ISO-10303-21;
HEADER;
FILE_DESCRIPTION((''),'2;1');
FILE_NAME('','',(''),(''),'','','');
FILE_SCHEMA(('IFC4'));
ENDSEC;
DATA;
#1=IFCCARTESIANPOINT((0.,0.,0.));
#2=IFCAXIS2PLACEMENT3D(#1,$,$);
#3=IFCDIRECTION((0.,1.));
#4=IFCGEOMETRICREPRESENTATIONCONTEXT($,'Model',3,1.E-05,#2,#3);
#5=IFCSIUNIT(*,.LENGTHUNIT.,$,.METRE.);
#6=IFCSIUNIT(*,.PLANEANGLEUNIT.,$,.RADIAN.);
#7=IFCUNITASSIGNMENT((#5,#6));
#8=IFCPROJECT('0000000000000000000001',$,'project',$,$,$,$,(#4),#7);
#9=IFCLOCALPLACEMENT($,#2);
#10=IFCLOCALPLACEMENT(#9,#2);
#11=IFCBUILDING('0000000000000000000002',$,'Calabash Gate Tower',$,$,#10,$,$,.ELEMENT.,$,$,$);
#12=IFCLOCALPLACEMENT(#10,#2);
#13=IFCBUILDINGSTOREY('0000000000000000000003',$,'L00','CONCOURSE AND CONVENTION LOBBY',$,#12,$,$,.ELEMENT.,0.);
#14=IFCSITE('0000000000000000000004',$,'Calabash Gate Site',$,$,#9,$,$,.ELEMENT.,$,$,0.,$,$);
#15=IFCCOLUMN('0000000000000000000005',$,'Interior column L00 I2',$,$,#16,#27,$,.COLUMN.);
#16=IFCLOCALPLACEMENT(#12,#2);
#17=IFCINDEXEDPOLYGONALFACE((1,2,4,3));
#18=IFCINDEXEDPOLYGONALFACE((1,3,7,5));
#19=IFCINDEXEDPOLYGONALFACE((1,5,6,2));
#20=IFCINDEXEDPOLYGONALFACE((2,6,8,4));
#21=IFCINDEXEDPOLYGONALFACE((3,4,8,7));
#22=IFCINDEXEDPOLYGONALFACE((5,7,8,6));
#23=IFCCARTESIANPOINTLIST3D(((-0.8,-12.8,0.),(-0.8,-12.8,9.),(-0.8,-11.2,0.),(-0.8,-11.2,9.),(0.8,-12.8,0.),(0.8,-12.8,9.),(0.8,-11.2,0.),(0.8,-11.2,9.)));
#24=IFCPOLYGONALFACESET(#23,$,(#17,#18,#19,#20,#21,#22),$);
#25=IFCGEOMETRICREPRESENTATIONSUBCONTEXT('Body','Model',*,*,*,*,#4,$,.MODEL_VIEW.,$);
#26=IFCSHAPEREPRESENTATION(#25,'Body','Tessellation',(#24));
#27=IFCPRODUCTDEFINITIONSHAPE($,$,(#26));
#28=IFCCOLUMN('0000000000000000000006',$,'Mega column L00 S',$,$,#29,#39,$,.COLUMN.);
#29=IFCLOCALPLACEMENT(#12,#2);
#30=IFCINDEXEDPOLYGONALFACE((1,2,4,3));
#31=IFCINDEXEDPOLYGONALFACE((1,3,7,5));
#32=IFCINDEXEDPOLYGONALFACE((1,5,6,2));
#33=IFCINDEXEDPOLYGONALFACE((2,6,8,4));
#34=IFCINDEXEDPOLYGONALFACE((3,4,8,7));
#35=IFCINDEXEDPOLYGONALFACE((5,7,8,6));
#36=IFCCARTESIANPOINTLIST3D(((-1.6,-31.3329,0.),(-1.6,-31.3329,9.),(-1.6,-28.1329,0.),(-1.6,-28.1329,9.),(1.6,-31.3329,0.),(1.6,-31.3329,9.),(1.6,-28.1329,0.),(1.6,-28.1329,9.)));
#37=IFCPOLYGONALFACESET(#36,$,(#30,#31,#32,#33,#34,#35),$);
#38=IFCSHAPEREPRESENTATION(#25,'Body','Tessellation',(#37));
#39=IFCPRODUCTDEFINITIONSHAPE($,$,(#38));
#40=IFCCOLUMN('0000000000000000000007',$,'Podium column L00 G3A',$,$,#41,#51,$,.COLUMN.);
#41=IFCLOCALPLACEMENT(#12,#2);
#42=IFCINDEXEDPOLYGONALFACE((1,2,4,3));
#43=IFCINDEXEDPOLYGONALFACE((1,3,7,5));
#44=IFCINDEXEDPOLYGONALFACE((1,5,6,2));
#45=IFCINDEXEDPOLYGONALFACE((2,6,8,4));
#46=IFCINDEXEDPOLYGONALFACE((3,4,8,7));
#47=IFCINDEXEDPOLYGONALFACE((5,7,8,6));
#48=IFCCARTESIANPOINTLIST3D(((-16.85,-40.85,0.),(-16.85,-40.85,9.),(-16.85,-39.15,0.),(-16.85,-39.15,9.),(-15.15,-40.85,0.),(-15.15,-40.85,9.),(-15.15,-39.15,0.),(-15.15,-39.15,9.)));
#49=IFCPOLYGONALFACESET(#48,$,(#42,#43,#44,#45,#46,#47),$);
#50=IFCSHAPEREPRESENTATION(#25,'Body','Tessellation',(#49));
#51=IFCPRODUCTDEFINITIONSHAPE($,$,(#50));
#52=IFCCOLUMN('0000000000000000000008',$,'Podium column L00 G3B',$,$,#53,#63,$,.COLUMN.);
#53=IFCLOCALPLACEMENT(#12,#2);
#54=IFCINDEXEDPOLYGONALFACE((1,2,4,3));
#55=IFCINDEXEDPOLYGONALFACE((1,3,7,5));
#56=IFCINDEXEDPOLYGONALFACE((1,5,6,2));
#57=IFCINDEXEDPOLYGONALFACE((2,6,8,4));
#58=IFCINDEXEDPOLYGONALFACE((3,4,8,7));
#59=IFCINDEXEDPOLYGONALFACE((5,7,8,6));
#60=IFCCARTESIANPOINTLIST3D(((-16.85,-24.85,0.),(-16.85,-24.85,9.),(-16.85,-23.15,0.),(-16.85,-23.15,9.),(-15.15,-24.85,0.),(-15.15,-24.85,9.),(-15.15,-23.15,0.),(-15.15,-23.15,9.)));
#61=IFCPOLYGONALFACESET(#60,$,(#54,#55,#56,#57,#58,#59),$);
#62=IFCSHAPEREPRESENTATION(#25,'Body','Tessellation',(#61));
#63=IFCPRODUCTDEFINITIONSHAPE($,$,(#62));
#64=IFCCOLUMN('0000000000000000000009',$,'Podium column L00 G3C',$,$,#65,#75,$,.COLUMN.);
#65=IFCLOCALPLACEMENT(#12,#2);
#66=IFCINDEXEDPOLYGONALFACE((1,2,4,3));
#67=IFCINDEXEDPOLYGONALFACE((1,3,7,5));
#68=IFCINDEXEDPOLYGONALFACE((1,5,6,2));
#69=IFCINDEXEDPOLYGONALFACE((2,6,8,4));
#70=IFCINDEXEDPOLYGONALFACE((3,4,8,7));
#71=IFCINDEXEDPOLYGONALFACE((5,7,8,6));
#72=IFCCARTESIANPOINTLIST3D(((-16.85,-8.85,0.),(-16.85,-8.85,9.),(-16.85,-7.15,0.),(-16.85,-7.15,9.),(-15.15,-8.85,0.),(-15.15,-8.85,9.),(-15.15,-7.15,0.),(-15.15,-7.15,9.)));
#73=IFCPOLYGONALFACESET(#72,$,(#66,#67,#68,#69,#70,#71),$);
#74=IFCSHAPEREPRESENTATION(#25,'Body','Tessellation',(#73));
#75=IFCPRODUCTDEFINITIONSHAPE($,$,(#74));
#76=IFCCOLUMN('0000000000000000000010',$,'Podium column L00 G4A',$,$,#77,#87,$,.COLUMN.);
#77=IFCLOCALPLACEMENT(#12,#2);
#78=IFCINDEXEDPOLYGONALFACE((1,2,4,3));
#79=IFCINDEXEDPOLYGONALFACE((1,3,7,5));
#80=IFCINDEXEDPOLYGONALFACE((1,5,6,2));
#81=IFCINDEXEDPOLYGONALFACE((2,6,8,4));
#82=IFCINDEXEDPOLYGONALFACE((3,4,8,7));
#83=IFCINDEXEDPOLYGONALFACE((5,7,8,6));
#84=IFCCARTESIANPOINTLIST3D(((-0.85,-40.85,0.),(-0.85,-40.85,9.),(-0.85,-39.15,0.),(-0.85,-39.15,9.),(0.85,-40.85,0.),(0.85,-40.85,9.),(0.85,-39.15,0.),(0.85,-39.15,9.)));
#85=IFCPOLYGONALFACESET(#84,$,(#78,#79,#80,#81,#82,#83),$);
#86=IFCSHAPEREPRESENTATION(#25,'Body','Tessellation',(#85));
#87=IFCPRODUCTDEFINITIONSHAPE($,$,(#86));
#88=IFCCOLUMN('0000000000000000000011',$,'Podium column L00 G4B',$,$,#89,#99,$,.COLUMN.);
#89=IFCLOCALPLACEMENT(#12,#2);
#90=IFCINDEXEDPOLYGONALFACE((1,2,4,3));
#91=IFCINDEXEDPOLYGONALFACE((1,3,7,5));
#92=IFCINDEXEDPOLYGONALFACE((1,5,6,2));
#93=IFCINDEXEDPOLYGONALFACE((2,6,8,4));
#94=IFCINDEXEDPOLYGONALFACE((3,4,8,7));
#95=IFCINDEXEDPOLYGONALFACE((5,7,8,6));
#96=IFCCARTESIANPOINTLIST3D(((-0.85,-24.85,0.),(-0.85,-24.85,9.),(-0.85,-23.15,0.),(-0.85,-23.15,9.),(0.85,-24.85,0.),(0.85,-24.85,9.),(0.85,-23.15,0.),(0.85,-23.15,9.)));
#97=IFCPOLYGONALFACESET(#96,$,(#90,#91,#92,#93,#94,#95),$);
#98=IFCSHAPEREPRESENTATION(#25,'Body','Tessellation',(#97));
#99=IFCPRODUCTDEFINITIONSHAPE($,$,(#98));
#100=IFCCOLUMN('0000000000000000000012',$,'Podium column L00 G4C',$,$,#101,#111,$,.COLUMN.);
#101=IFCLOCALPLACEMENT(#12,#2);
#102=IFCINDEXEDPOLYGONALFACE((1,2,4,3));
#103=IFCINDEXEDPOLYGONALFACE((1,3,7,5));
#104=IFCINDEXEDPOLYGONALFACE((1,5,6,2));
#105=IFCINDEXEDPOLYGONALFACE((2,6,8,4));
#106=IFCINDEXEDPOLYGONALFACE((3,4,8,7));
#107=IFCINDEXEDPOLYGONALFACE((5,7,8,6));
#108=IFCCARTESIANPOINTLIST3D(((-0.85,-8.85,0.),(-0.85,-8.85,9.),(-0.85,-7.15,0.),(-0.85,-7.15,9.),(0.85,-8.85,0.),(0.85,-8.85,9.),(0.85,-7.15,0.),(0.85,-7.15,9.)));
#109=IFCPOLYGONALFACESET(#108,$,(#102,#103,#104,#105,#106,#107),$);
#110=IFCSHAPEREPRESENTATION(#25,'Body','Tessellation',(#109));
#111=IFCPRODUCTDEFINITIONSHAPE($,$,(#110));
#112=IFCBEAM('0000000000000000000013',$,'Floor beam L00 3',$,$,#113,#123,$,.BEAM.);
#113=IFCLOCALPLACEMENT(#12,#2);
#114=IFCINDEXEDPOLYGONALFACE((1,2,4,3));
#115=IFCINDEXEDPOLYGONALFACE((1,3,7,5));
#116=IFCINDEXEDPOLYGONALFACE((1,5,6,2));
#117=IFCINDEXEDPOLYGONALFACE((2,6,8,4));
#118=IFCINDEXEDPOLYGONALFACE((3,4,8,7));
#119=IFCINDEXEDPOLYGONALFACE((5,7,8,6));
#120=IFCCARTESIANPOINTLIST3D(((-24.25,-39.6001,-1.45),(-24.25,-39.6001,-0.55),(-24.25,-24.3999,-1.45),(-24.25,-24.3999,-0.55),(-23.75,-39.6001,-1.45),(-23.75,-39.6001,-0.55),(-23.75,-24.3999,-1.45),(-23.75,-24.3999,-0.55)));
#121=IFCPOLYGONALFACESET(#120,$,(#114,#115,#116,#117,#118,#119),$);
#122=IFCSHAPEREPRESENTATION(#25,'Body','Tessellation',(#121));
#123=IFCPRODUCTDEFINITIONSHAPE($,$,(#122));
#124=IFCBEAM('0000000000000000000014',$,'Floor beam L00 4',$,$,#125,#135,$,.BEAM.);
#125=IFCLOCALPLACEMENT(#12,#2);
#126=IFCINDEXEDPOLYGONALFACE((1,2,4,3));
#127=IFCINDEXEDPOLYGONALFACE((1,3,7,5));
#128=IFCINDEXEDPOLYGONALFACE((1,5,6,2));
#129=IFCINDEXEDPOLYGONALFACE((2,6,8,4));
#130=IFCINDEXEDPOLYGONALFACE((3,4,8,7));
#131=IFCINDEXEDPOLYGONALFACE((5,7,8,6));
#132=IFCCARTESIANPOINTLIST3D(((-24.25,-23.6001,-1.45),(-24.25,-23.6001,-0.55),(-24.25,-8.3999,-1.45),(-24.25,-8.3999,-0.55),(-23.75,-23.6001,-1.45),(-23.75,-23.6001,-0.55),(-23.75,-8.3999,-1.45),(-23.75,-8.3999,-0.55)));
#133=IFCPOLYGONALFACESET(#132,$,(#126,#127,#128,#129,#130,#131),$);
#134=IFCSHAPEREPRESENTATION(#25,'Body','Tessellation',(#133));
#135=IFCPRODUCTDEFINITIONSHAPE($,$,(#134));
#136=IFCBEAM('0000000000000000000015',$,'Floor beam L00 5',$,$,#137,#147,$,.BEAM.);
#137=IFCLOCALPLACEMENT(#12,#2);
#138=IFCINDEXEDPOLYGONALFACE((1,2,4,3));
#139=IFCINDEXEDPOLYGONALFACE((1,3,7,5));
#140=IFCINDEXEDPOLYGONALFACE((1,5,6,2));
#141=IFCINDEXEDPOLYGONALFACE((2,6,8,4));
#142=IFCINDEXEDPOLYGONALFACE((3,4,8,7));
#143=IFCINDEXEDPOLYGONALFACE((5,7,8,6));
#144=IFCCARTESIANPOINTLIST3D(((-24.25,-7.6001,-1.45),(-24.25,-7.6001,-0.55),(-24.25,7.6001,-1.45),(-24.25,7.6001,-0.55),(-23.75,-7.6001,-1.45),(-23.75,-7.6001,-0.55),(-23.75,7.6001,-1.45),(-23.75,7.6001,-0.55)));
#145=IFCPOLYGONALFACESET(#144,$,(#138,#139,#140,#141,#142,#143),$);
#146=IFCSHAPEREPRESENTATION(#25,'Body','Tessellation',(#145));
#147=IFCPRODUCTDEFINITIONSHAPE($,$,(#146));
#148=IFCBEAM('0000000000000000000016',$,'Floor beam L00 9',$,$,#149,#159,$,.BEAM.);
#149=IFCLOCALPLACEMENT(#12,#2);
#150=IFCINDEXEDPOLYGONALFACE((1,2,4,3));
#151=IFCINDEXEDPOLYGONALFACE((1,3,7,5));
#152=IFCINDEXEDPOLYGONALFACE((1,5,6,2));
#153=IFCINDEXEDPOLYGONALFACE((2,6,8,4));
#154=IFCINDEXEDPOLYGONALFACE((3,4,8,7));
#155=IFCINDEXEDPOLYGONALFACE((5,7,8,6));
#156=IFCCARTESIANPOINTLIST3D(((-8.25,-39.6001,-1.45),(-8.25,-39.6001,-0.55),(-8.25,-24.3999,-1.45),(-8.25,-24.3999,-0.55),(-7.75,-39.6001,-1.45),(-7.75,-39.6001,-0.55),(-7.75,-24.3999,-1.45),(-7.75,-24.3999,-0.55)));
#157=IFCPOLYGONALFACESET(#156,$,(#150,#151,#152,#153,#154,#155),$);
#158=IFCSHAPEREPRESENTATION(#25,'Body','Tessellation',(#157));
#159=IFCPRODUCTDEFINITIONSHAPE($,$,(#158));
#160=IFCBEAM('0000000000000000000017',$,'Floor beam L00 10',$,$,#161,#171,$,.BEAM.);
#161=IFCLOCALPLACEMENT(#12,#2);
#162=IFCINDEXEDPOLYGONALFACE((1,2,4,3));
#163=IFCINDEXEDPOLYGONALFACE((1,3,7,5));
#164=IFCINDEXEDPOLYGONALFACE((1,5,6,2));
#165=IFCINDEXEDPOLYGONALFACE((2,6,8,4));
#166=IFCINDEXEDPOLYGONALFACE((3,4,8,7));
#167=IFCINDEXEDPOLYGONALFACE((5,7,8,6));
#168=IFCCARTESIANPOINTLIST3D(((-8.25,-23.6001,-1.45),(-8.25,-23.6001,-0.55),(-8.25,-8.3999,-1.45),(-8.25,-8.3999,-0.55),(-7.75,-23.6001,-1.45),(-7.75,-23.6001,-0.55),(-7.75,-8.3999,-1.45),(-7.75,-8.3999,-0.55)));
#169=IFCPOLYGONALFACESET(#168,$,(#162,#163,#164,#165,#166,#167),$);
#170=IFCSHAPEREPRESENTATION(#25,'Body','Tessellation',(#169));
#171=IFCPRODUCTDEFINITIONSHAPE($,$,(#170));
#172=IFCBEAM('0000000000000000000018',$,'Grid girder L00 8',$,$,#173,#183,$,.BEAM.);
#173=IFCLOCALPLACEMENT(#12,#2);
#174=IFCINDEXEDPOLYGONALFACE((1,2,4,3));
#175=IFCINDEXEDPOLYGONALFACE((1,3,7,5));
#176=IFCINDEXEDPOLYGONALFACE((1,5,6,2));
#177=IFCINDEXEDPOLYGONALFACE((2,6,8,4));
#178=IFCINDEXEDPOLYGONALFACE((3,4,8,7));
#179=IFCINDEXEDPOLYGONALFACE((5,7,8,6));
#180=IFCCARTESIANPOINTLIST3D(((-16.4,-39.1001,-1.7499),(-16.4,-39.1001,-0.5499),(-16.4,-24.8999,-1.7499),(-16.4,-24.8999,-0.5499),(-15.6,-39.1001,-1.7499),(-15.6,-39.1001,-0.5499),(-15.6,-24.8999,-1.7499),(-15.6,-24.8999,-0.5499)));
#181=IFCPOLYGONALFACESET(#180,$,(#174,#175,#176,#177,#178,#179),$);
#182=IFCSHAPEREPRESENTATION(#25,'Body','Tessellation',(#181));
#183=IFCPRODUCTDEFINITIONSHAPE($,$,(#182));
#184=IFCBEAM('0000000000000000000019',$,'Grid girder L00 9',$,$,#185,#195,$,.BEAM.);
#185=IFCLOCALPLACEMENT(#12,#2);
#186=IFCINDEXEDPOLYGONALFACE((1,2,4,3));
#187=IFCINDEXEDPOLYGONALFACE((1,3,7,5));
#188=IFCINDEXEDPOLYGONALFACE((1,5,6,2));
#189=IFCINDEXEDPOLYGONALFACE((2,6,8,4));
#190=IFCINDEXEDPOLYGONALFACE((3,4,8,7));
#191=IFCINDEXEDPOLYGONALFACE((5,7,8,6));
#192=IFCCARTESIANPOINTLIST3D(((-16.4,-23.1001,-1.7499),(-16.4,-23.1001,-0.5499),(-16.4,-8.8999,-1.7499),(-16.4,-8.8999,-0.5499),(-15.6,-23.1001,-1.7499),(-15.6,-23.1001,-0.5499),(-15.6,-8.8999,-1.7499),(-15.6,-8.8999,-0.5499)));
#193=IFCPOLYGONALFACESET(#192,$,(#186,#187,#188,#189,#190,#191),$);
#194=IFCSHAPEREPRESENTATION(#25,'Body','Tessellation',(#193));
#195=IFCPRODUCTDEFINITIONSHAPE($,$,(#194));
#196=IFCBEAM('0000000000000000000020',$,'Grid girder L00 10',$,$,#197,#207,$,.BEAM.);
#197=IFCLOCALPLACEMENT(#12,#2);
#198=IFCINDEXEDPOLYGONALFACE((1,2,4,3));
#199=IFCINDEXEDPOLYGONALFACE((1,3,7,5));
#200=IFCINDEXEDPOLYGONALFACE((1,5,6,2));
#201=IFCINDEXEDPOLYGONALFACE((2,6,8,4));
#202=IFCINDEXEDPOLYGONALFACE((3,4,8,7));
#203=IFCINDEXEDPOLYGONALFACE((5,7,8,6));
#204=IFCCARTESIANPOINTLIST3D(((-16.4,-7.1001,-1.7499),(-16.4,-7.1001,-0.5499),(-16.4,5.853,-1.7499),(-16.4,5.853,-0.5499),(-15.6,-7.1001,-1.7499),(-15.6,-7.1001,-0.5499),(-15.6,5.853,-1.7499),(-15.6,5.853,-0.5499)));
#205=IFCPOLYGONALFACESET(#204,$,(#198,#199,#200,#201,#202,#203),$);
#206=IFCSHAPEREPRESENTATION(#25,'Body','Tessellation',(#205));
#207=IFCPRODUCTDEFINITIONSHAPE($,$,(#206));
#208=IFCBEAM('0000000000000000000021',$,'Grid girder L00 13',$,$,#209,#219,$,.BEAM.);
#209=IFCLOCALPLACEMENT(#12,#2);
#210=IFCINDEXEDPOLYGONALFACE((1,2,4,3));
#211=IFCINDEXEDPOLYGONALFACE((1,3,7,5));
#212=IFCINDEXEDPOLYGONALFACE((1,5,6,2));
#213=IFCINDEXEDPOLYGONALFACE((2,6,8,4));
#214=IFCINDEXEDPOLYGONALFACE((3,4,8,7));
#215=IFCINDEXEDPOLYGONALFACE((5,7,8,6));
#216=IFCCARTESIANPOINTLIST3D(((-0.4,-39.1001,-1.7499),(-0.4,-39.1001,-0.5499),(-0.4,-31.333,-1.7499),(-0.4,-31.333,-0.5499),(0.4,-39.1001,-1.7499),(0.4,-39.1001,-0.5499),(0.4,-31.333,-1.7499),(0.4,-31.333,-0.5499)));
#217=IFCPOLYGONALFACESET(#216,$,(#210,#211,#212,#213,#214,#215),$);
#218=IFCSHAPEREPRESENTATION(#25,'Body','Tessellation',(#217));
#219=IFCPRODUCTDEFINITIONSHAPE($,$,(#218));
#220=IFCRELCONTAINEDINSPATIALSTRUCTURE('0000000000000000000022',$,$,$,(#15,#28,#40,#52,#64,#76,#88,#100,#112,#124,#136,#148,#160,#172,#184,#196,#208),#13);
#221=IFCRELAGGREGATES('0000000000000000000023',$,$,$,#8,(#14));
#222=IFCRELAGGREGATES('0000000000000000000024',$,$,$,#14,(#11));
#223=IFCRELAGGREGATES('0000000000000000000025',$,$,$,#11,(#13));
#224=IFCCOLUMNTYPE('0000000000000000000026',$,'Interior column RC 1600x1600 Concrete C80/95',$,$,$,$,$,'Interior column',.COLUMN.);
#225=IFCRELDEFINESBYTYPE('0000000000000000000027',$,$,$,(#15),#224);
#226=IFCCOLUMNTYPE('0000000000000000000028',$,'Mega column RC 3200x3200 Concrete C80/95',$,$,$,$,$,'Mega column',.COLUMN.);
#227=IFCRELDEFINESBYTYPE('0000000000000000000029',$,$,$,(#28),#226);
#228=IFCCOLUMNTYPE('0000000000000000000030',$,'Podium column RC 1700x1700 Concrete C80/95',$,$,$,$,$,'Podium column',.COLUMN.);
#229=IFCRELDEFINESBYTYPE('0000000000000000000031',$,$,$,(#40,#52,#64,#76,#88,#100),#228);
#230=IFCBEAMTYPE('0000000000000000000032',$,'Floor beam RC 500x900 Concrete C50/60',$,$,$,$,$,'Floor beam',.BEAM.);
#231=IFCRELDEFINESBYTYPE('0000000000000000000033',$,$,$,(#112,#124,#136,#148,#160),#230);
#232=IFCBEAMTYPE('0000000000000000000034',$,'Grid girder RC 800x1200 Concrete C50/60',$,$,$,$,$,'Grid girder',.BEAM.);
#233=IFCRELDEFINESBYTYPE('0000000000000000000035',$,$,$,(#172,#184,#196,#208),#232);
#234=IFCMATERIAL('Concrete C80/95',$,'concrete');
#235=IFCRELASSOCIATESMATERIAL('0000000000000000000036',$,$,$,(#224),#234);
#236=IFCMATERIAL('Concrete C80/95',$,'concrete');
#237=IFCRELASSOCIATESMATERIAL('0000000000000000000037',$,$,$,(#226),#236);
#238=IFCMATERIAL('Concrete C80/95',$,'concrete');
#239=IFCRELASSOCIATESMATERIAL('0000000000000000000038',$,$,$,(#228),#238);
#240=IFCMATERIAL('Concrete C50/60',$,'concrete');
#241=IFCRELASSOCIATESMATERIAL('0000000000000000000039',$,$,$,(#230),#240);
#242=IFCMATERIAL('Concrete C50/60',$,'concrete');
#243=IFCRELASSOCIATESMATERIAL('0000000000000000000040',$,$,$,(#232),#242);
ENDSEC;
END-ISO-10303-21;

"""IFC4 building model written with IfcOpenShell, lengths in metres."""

from ifc_helpers import new_model, si_unit, direction, frame, origin, origin_2d, place, context, subcontext, project, spatial, rectangle, extrude, material, material_profile, profile_set, type_object, element, save


model = new_model("IFC4")

# Units and contexts
model_context = context("Model", 3, precision=1e-05, world=origin(), true_north=direction((0.0, 1.0)))
body_context = subcontext(model_context, "Body", "Model", "MODEL_VIEW")
ifc_project = project(units=[si_unit("LENGTHUNIT", "METRE"), si_unit("PLANEANGLEUNIT", "RADIAN")], contexts=[model_context])

# Site, building, storey
site_placement = place(None, origin())
site = spatial("IfcSite", under=ifc_project, at=site_placement, Name="Calabash Gate Site", CompositionType="ELEMENT", RefElevation=0.0)
building_placement = place(site_placement, origin())
building = spatial("IfcBuilding", under=site, at=building_placement, Name="Calabash Gate Tower", CompositionType="ELEMENT")
storey_placement = place(building_placement, origin())
storey = spatial("IfcBuildingStorey", under=building, at=storey_placement, Name="L00", Description="CONCOURSE AND CONVENTION LOBBY", CompositionType="ELEMENT", Elevation=0.0)

# Columns
ifc_material_1 = material(Name="Concrete C80/95", Category="concrete")
ifc_material_profile_1 = material_profile(ifc_material_1, rectangle(XDim=1.6001, YDim=1.6001, at=origin_2d()))
ifc_profile_set_1 = profile_set([ifc_material_profile_1], Name="Concrete C80/95")
column_type_1 = type_object("IfcColumnType", Name="Interior column RC 1600x1600 Concrete C80/95", ElementType="Interior column", PredefinedType="COLUMN", material=ifc_profile_set_1)
column_1_placement = place(storey_placement, frame((0.0, -12.0, 0.0), z_axis=(0.0, 0.0, 1.0), x_axis=(1.0, 0.0, 0.0)))
element("IfcColumn", 1, at=column_1_placement, inside=storey, type_object=column_type_1, Name="Interior column L00 I2", PredefinedType="COLUMN", context=body_context, shape_type="SweptSolid", body=[
    extrude(rectangle(XDim=1.6001, YDim=1.6001, at=origin_2d()), origin(), (0.0, 0.0, 1.0), 9.0),
])
ifc_material_2 = material(Name="Concrete C80/95", Category="concrete")
ifc_material_profile_2 = material_profile(ifc_material_2, rectangle(XDim=3.2, YDim=3.2, at=origin_2d()))
ifc_profile_set_2 = profile_set([ifc_material_profile_2], Name="Concrete C80/95")
column_type_2 = type_object("IfcColumnType", Name="Mega column RC 3200x3200 Concrete C80/95", ElementType="Mega column", PredefinedType="COLUMN", material=ifc_profile_set_2)
column_2_placement = place(storey_placement, frame((0.0, -29.7329, 0.0), z_axis=(0.0, 0.0, 1.0), x_axis=(0.0, 1.0, 0.0)))
element("IfcColumn", 2, at=column_2_placement, inside=storey, type_object=column_type_2, Name="Mega column L00 S", PredefinedType="COLUMN", context=body_context, shape_type="SweptSolid", body=[
    extrude(rectangle(XDim=3.2, YDim=3.2, at=origin_2d()), origin(), (0.0, 0.0, 1.0), 9.0),
])
ifc_material_3 = material(Name="Concrete C80/95", Category="concrete")
ifc_material_profile_3 = material_profile(ifc_material_3, rectangle(XDim=1.7, YDim=1.7, at=origin_2d()))
ifc_profile_set_3 = profile_set([ifc_material_profile_3], Name="Concrete C80/95")
column_type_3 = type_object("IfcColumnType", Name="Podium column RC 1700x1700 Concrete C80/95", ElementType="Podium column", PredefinedType="COLUMN", material=ifc_profile_set_3)
for number, where, z_axis, x_axis, name in (
    (3, (-16.0, -40.0, 0.0), (0.0, 0.0, 1.0), (1.0, 0.0, 0.0), "Podium column L00 G3A"),
    (4, (-16.0, -24.0, 0.0), (0.0, 0.0, 1.0), (1.0, 0.0, 0.0), "Podium column L00 G3B"),
    (5, (-16.0, -8.0, 0.0), (0.0, 0.0, 1.0), (1.0, 0.0, 0.0), "Podium column L00 G3C"),
    (6, (0.0, -40.0, 0.0), (0.0, 0.0, 1.0), (1.0, 0.0, 0.0), "Podium column L00 G4A"),
    (7, (0.0, -24.0, 0.0), (0.0, 0.0, 1.0), (1.0, 0.0, 0.0), "Podium column L00 G4B"),
    (8, (0.0, -8.0, 0.0), (0.0, 0.0, 1.0), (1.0, 0.0, 0.0), "Podium column L00 G4C"),
):
    element("IfcColumn", number, at=place(storey_placement, frame(where, z_axis=z_axis, x_axis=x_axis)), inside=storey, type_object=column_type_3, Name=name, PredefinedType="COLUMN", context=body_context, shape_type="SweptSolid", body=[
        extrude(rectangle(XDim=1.7, YDim=1.7, at=origin_2d()), origin(), (0.0, 0.0, 1.0), 9.0),
    ])

# Beams
ifc_material_4 = material(Name="Concrete C50/60", Category="concrete")
ifc_material_profile_4 = material_profile(ifc_material_4, rectangle(XDim=0.5, YDim=0.8999, at=origin_2d()))
ifc_profile_set_4 = profile_set([ifc_material_profile_4], Name="Concrete C50/60")
beam_type_1 = type_object("IfcBeamType", Name="Floor beam RC 500x900 Concrete C50/60", ElementType="Floor beam", PredefinedType="BEAM", material=ifc_profile_set_4)
for number, where, z_axis, x_axis, name in (
    (9, (-24.0, -39.6001, -1.0), (0.0, 1.0, 0.0), (-1.0, 0.0, 0.0), "Floor beam L00 3"),
    (10, (-24.0, -23.6001, -1.0), (0.0, 1.0, 0.0), (-1.0, 0.0, 0.0), "Floor beam L00 4"),
    (11, (-24.0, -7.6001, -1.0), (0.0, 1.0, 0.0), (-1.0, 0.0, 0.0), "Floor beam L00 5"),
    (12, (-8.0, -39.6001, -1.0), (0.0, 1.0, 0.0), (-1.0, 0.0, 0.0), "Floor beam L00 9"),
    (13, (-8.0, -23.6001, -1.0), (0.0, 1.0, 0.0), (-1.0, 0.0, 0.0), "Floor beam L00 10"),
):
    element("IfcBeam", number, at=place(storey_placement, frame(where, z_axis=z_axis, x_axis=x_axis)), inside=storey, type_object=beam_type_1, Name=name, PredefinedType="BEAM", context=body_context, shape_type="SweptSolid", body=[
        extrude(rectangle(XDim=0.5, YDim=0.8999, at=origin_2d()), origin(), (0.0, 0.0, 1.0), 15.2002),
    ])
ifc_material_5 = material(Name="Concrete C50/60", Category="concrete")
ifc_material_profile_5 = material_profile(ifc_material_5, rectangle(XDim=0.8, YDim=1.2, at=origin_2d()))
ifc_profile_set_5 = profile_set([ifc_material_profile_5], Name="Concrete C50/60")
beam_type_2 = type_object("IfcBeamType", Name="Grid girder RC 800x1200 Concrete C50/60", ElementType="Grid girder", PredefinedType="BEAM", material=ifc_profile_set_5)
for number, where, z_axis, x_axis, name in (
    (14, (-16.0, -39.1001, -1.1499), (0.0, 1.0, 0.0), (-1.0, 0.0, 0.0), "Grid girder L00 8"),
    (15, (-16.0, -23.1001, -1.1499), (0.0, 1.0, 0.0), (-1.0, 0.0, 0.0), "Grid girder L00 9"),
):
    element("IfcBeam", number, at=place(storey_placement, frame(where, z_axis=z_axis, x_axis=x_axis)), inside=storey, type_object=beam_type_2, Name=name, PredefinedType="BEAM", context=body_context, shape_type="SweptSolid", body=[
        extrude(rectangle(XDim=0.8, YDim=1.2, at=origin_2d()), origin(), (0.0, 0.0, 1.0), 14.2002),
    ])
beam_1_placement = place(storey_placement, frame((-16.0, -7.1001, -1.1499), z_axis=(0.0, 1.0, 0.0), x_axis=(-1.0, 0.0, 0.0)))
element("IfcBeam", 16, at=beam_1_placement, inside=storey, type_object=beam_type_2, Name="Grid girder L00 10", PredefinedType="BEAM", context=body_context, shape_type="SweptSolid", body=[
    extrude(rectangle(XDim=0.8, YDim=1.2, at=origin_2d()), origin(), (0.0, 0.0, 1.0), 12.9531),
])
beam_2_placement = place(storey_placement, frame((0.0, -39.1001, -1.1499), z_axis=(0.0, 1.0, 0.0), x_axis=(-1.0, 0.0, 0.0)))
element("IfcBeam", 17, at=beam_2_placement, inside=storey, type_object=beam_type_2, Name="Grid girder L00 13", PredefinedType="BEAM", context=body_context, shape_type="SweptSolid", body=[
    extrude(rectangle(XDim=0.8, YDim=1.2, at=origin_2d()), origin(), (0.0, 0.0, 1.0), 7.7671),
])

save(model, "model.ifc")
